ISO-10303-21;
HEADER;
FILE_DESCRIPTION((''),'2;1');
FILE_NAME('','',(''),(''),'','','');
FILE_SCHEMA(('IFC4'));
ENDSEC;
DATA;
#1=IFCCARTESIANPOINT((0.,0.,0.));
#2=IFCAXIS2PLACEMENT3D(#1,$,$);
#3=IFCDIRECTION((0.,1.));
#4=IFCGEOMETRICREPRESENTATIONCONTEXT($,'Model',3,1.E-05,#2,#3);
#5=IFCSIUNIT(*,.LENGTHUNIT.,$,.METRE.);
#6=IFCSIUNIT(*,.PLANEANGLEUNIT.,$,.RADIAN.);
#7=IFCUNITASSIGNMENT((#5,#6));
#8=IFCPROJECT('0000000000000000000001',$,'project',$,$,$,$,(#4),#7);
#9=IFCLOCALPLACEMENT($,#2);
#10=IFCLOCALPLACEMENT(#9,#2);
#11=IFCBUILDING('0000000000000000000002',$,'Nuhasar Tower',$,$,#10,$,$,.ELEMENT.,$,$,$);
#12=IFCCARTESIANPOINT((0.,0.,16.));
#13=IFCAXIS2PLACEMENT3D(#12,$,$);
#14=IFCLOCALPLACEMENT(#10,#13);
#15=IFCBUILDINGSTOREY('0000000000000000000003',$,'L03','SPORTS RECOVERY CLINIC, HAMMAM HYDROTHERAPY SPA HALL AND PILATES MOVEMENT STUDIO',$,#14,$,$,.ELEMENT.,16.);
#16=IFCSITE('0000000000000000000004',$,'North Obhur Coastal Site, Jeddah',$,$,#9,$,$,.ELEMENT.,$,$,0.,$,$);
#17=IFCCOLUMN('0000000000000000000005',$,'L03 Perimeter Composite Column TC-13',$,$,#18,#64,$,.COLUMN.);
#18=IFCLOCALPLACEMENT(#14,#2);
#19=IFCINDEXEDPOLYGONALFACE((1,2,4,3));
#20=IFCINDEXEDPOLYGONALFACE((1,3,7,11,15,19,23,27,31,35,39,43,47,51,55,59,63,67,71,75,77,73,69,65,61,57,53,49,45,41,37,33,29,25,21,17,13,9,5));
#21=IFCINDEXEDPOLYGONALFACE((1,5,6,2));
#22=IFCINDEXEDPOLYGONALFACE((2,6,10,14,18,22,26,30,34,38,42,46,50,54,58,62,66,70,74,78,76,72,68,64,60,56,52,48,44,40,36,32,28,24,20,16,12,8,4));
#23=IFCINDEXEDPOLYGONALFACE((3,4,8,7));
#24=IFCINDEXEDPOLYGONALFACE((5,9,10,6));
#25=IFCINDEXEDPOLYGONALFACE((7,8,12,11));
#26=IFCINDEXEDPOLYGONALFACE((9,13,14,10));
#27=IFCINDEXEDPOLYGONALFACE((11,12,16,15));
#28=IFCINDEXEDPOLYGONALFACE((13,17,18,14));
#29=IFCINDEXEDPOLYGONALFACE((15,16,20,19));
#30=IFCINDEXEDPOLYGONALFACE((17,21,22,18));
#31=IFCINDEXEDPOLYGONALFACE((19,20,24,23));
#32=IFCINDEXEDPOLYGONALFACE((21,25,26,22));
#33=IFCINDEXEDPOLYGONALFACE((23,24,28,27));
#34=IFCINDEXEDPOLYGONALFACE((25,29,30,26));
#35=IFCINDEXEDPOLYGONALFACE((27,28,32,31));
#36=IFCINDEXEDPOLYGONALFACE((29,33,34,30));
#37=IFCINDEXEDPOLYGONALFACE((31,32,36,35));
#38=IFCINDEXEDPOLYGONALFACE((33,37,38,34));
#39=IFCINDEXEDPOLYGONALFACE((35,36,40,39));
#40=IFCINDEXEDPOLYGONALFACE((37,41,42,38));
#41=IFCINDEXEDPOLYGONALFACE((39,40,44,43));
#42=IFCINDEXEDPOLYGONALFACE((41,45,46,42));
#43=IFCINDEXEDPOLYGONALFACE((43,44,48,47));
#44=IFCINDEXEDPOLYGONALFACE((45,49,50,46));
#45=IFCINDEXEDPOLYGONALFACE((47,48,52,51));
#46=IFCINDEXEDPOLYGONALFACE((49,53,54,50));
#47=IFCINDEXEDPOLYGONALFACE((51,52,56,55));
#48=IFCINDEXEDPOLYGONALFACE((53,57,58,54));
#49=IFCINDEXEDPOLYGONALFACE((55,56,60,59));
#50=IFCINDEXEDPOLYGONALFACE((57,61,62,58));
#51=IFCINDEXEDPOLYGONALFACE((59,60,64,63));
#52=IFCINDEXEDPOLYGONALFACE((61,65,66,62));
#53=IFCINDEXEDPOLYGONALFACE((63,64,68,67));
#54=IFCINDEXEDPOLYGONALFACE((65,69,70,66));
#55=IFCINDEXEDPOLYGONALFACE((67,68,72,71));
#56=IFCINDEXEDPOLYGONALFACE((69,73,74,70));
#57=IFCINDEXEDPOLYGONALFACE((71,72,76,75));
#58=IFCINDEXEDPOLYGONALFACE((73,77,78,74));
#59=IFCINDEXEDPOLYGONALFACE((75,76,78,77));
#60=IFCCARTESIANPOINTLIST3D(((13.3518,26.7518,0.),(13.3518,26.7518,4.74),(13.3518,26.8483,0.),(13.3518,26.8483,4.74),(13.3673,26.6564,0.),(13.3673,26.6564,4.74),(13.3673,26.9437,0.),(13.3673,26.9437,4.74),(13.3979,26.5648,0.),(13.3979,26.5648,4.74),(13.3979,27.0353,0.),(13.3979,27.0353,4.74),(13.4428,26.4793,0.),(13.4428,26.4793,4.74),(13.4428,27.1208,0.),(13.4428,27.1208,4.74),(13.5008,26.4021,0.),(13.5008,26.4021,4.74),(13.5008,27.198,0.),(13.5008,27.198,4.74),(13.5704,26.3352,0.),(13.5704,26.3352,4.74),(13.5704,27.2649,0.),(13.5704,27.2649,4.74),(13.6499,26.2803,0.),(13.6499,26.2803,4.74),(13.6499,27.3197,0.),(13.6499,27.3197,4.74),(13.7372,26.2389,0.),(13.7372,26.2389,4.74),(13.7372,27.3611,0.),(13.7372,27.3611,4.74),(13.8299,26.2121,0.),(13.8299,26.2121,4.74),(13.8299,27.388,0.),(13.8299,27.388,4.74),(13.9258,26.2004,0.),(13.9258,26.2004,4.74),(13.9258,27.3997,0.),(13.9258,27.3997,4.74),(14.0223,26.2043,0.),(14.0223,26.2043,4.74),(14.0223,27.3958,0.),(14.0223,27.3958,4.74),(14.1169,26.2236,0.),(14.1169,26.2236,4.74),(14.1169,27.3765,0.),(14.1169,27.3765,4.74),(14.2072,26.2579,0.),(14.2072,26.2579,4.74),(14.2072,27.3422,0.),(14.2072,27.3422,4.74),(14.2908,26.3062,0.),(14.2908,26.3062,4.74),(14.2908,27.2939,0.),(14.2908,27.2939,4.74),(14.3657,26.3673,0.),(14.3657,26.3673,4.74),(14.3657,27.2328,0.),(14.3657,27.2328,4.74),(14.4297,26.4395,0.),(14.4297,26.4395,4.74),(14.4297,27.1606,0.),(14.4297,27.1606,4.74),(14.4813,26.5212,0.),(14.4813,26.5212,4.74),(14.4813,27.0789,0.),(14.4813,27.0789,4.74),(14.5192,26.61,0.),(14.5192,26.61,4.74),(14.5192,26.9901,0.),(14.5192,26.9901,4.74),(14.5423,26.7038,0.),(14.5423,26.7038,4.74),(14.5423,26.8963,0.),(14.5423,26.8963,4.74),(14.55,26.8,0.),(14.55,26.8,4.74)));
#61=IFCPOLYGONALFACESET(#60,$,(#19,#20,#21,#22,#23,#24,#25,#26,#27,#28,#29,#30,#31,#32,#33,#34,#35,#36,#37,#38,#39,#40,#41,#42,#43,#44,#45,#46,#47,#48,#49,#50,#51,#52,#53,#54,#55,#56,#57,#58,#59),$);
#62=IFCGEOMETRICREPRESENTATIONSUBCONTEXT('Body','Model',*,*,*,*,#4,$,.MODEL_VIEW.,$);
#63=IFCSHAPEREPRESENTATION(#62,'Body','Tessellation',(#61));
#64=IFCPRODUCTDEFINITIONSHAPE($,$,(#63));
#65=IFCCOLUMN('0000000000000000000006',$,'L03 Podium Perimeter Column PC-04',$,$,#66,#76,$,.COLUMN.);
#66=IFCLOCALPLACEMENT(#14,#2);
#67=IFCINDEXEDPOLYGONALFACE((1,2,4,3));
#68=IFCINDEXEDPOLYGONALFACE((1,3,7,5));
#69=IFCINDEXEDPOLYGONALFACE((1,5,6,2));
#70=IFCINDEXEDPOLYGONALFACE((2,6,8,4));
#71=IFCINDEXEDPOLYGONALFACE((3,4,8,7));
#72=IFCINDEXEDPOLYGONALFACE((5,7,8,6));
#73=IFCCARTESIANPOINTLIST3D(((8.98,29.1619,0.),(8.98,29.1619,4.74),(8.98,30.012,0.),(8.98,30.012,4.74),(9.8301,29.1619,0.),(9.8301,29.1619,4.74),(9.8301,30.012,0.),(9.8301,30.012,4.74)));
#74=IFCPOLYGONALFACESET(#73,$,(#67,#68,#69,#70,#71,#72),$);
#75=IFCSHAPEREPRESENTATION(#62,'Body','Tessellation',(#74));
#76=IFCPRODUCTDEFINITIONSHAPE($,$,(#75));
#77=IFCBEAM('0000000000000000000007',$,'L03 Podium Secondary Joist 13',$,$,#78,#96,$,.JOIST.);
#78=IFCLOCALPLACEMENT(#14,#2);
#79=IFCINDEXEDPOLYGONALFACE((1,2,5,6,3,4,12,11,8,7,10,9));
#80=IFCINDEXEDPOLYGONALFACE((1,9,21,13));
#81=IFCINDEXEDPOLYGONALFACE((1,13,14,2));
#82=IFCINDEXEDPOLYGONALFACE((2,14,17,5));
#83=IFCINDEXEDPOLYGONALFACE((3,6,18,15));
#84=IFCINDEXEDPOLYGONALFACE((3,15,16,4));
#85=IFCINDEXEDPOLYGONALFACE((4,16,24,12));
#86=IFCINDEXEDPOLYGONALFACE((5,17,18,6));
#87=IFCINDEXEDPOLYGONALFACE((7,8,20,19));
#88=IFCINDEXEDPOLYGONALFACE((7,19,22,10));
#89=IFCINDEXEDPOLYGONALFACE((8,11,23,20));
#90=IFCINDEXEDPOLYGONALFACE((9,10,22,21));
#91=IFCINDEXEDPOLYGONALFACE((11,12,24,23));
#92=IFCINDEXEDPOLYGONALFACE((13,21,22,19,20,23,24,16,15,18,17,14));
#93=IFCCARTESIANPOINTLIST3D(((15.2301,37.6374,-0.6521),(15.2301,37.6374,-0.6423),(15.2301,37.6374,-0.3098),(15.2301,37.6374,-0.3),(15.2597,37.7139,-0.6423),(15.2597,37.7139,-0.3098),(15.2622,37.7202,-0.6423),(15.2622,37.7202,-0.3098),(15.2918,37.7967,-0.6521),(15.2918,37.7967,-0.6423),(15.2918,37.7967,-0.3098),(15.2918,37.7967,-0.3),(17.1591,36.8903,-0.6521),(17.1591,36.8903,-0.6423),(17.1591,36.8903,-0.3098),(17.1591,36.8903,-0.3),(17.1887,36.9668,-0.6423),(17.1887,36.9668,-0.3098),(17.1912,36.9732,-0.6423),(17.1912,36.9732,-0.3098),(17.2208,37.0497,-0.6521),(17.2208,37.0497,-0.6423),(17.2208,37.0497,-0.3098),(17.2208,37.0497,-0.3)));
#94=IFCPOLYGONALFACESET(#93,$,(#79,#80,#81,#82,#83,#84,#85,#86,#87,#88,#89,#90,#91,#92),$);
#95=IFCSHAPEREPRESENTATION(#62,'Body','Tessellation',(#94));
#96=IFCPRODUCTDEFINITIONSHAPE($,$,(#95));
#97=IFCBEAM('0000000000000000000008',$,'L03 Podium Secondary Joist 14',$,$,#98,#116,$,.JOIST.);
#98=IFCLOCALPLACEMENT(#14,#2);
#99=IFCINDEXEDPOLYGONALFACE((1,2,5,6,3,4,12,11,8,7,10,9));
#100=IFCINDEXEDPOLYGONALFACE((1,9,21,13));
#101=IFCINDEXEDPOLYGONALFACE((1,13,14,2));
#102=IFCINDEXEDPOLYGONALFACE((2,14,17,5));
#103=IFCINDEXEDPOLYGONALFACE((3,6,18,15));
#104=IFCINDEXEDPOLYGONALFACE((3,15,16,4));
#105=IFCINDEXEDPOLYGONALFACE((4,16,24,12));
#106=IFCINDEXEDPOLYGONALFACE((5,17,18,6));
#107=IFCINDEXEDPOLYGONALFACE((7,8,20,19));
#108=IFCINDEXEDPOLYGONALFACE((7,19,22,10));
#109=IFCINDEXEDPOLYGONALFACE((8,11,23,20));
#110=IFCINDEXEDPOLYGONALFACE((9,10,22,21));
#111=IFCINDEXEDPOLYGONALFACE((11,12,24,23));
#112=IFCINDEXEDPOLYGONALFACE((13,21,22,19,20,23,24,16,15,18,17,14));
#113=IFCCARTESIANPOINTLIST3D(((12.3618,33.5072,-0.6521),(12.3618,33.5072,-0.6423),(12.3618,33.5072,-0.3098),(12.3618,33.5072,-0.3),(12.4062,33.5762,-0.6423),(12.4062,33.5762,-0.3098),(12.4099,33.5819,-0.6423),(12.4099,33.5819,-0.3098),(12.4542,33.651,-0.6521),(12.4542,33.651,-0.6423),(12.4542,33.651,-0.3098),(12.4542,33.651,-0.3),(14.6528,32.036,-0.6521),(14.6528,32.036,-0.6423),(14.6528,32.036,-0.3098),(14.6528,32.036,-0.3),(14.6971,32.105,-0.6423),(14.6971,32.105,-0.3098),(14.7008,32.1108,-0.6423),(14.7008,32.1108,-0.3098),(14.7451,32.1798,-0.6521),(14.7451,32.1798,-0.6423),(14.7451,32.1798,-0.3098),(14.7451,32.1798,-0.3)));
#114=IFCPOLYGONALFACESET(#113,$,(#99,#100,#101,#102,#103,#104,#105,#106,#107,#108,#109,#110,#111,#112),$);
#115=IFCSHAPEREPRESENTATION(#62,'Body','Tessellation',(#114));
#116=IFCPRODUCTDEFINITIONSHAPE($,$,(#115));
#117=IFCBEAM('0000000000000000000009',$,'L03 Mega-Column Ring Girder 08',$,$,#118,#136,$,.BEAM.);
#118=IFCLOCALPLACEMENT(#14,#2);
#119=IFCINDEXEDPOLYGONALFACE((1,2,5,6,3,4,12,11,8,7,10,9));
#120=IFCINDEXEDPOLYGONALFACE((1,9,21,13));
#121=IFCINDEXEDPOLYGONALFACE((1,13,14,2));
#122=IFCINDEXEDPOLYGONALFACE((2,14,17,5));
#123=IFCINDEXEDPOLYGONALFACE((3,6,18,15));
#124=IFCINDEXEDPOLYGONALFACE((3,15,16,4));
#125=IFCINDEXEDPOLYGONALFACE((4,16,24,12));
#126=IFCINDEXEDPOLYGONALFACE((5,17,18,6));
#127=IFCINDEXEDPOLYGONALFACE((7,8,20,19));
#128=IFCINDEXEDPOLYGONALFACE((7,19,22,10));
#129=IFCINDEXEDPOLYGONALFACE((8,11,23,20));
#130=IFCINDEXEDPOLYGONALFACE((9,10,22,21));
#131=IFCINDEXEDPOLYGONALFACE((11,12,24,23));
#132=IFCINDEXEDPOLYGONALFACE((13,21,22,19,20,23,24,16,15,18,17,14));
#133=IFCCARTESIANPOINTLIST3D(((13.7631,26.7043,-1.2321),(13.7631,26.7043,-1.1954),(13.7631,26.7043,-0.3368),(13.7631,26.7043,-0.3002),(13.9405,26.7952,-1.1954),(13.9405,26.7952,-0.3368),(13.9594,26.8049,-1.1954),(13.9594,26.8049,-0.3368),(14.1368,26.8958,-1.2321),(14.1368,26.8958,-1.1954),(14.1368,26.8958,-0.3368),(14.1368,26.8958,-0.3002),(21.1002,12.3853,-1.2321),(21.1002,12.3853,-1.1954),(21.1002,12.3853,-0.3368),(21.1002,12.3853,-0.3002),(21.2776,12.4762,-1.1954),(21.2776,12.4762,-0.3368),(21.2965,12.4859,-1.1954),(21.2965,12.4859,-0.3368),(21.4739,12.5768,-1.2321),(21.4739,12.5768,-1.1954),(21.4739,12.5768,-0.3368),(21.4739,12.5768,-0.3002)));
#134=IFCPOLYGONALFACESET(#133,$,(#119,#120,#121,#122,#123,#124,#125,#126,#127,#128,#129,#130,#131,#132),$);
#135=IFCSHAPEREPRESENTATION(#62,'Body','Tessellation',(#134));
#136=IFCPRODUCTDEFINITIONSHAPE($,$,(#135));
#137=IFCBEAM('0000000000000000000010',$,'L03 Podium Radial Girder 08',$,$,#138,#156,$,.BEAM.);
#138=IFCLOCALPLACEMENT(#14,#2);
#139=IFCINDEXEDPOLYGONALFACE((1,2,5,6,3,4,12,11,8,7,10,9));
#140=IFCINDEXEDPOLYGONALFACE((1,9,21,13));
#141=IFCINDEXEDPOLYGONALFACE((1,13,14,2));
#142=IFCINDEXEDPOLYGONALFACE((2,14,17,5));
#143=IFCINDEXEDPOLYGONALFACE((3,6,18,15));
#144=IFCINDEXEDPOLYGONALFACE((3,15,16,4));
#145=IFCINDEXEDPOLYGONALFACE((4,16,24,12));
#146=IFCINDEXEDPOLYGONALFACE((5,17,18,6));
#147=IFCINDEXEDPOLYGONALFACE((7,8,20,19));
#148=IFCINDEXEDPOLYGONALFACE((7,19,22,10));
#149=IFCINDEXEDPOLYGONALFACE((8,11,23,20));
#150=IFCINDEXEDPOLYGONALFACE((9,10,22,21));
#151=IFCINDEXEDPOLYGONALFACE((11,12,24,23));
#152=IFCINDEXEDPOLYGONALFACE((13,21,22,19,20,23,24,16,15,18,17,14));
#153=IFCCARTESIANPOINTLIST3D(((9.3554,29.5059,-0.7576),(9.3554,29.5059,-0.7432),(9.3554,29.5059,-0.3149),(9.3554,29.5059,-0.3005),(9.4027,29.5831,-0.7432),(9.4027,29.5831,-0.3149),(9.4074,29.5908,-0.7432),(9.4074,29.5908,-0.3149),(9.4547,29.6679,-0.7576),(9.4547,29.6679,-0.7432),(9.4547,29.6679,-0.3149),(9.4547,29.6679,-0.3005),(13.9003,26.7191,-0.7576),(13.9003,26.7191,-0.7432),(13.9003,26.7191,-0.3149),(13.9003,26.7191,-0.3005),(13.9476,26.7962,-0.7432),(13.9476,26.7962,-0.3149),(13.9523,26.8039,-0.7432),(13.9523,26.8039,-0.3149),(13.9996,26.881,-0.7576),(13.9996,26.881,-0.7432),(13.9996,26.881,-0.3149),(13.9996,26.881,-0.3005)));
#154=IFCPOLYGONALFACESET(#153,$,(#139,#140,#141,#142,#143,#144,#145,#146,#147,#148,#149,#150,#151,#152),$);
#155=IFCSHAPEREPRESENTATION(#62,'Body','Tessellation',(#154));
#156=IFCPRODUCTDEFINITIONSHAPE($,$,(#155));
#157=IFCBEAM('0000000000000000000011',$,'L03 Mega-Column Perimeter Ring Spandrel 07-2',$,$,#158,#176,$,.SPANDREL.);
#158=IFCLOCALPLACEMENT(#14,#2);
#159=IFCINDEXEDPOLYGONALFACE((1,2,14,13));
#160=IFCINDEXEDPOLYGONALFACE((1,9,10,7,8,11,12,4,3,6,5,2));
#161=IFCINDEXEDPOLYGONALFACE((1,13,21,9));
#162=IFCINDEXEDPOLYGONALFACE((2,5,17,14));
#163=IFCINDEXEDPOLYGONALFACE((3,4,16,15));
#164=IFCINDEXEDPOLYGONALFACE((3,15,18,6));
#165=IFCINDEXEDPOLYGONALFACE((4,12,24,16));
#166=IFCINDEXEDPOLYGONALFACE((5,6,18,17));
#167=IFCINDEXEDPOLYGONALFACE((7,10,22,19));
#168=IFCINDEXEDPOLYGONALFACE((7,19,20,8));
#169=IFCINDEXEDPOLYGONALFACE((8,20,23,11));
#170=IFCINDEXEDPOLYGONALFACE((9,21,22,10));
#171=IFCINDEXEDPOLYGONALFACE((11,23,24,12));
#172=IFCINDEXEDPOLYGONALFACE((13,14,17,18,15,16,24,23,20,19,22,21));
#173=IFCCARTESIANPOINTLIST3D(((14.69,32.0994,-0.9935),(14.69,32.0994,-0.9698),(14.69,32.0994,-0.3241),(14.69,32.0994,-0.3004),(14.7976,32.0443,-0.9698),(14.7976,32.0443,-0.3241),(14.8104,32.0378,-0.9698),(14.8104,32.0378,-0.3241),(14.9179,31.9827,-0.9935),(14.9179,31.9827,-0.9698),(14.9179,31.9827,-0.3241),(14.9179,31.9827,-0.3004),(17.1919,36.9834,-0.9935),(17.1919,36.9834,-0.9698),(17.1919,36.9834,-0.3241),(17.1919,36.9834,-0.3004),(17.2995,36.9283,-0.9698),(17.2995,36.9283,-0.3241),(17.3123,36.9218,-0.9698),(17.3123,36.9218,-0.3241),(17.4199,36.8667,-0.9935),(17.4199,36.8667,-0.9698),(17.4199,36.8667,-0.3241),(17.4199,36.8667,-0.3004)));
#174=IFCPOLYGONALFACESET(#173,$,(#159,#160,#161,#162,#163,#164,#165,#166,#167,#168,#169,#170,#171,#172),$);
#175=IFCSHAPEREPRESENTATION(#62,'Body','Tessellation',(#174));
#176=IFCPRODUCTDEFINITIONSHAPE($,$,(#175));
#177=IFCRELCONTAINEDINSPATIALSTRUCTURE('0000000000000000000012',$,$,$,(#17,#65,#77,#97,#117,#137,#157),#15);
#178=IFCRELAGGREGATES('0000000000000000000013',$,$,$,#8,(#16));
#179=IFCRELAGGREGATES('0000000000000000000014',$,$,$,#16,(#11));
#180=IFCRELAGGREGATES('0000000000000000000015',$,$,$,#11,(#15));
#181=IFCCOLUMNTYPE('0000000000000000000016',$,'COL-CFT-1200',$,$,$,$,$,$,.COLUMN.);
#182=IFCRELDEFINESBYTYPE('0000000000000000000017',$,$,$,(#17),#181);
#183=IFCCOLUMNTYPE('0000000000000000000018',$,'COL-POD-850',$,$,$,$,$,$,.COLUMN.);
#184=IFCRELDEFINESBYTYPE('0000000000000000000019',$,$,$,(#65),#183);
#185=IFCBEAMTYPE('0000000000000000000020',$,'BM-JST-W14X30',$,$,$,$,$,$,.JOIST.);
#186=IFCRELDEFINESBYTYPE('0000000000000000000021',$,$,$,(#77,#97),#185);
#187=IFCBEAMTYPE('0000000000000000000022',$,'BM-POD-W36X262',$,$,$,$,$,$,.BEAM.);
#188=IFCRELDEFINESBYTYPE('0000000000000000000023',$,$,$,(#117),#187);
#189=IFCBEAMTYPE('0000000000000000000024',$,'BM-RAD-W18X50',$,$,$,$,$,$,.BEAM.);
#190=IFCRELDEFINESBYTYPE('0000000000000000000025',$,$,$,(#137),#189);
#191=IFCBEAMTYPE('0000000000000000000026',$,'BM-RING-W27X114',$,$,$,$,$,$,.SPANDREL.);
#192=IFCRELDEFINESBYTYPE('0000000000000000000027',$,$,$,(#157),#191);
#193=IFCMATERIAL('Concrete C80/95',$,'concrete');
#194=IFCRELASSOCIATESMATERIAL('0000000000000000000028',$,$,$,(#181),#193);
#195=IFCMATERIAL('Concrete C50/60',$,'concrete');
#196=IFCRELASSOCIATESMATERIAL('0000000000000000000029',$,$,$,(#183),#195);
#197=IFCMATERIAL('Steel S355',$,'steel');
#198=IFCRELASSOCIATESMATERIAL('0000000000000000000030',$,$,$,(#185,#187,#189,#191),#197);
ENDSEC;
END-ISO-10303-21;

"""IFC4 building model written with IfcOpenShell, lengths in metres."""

from ifc_helpers import new_model, si_unit, direction, frame, origin, origin_2d, place, context, subcontext, project, spatial, rectangle, circle, i_section, extrude, material, material_profile, profile_set, type_object, element, save


model = new_model("IFC4")

# Units and contexts
model_context = context("Model", 3, precision=1e-05, world=origin(), true_north=direction((0.0, 1.0)))
body_context = subcontext(model_context, "Body", "Model", "MODEL_VIEW")
ifc_project = project(units=[si_unit("LENGTHUNIT", "METRE"), si_unit("PLANEANGLEUNIT", "RADIAN")], contexts=[model_context])

# Site, building, storey
site_placement = place(None, origin())
site = spatial("IfcSite", under=ifc_project, at=site_placement, Name="North Obhur Coastal Site, Jeddah", CompositionType="ELEMENT", RefElevation=0.0)
building_placement = place(site_placement, origin())
building = spatial("IfcBuilding", under=site, at=building_placement, Name="Nuhasar Tower", CompositionType="ELEMENT")
storey_placement = place(building_placement, frame((0.0, 0.0, 16.0)))
storey = spatial("IfcBuildingStorey", under=building, at=storey_placement, Name="L03", Description="SPORTS RECOVERY CLINIC, HAMMAM HYDROTHERAPY SPA HALL AND PILATES MOVEMENT STUDIO", CompositionType="ELEMENT", Elevation=16.0)

# Columns
ifc_material_1 = material(Name="Concrete C80/95", Category="concrete")
ifc_material_profile_1 = material_profile(ifc_material_1, circle(Radius=0.6001, at=origin_2d()), Name="CFT1200")
ifc_profile_set_1 = profile_set([ifc_material_profile_1], Name="Concrete C80/95")
column_type_1 = type_object("IfcColumnType", Name="COL-CFT-1200", PredefinedType="COLUMN", material=ifc_profile_set_1)
column_1_placement = place(storey_placement, frame((13.95, 26.8, 0.0), z_axis=(0.0, 0.0, 1.0), x_axis=(1.0, 0.0, 0.0)))
element("IfcColumn", 1, at=column_1_placement, inside=storey, type_object=column_type_1, Name="L03 Perimeter Composite Column TC-13", PredefinedType="COLUMN", context=body_context, shape_type="SweptSolid", body=[
    extrude(circle(Radius=0.6001, at=origin_2d()), origin(), (0.0, 0.0, 1.0), 4.74),
])
ifc_material_2 = material(Name="Concrete C50/60", Category="concrete")
ifc_material_profile_2 = material_profile(ifc_material_2, rectangle(XDim=0.8501, YDim=0.8501, at=origin_2d()), Name="RC850X850")
ifc_profile_set_2 = profile_set([ifc_material_profile_2], Name="Concrete C50/60")
column_type_2 = type_object("IfcColumnType", Name="COL-POD-850", PredefinedType="COLUMN", material=ifc_profile_set_2)
column_2_placement = place(storey_placement, frame((9.405, 29.5869, 0.0), z_axis=(0.0, 0.0, 1.0), x_axis=(1.0, 0.0, 0.0)))
element("IfcColumn", 2, at=column_2_placement, inside=storey, type_object=column_type_2, Name="L03 Podium Perimeter Column PC-04", PredefinedType="COLUMN", context=body_context, shape_type="SweptSolid", body=[
    extrude(rectangle(XDim=0.8501, YDim=0.8501, at=origin_2d()), origin(), (0.0, 0.0, 1.0), 4.74),
])

# Beams
ifc_material_3 = material(Name="Steel S355", Category="steel")
ifc_material_profile_3 = material_profile(ifc_material_3, i_section(OverallWidth=0.1709, OverallDepth=0.3521, WebThickness=0.0068, FlangeThickness=0.0098, at=origin_2d()), Name="W14X30")
ifc_profile_set_3 = profile_set([ifc_material_profile_3], Name="Steel S355")
beam_type_1 = type_object("IfcBeamType", Name="BM-JST-W14X30", PredefinedType="JOIST", material=ifc_profile_set_3)
beam_1_placement = place(storey_placement, frame((17.1899, 36.97, -0.4761), z_axis=(-0.932507, 0.361153, 0.0), x_axis=(-0.361153, -0.932507, 0.0)))
element("IfcBeam", 3, at=beam_1_placement, inside=storey, type_object=beam_type_1, Name="L03 Podium Secondary Joist 13", PredefinedType="JOIST", context=body_context, shape_type="SweptSolid", body=[
    extrude(i_section(OverallWidth=0.1709, OverallDepth=0.3521, WebThickness=0.0068, FlangeThickness=0.0098, at=origin_2d()), origin(), (0.0, 0.0, 1.0), 2.0686),
])
beam_2_placement = place(storey_placement, frame((14.699, 32.1079, -0.4761), z_axis=(-0.841446, 0.540341, 0.0), x_axis=(-0.540341, -0.841446, 0.0)))
element("IfcBeam", 4, at=beam_2_placement, inside=storey, type_object=beam_type_1, Name="L03 Podium Secondary Joist 14", PredefinedType="JOIST", context=body_context, shape_type="SweptSolid", body=[
    extrude(i_section(OverallWidth=0.1709, OverallDepth=0.3521, WebThickness=0.0068, FlangeThickness=0.0098, at=origin_2d()), origin(), (0.0, 0.0, 1.0), 2.7227),
])
ifc_material_profile_4 = material_profile(ifc_material_3, i_section(OverallWidth=0.4199, OverallDepth=0.9319, WebThickness=0.0212, FlangeThickness=0.0366, at=origin_2d()), Name="W36X262")
ifc_profile_set_4 = profile_set([ifc_material_profile_4], Name="Steel S355")
beam_type_2 = type_object("IfcBeamType", Name="BM-POD-W36X262", PredefinedType="BEAM", material=ifc_profile_set_4)
beam_3_placement = place(storey_placement, frame((13.95, 26.8, -0.7661), z_axis=(0.456023, -0.889968, 0.0), x_axis=(0.889968, 0.456023, 0.0)))
element("IfcBeam", 5, at=beam_3_placement, inside=storey, type_object=beam_type_2, Name="L03 Mega-Column Ring Girder 08", PredefinedType="BEAM", context=body_context, shape_type="SweptSolid", body=[
    extrude(i_section(OverallWidth=0.4199, OverallDepth=0.9319, WebThickness=0.0212, FlangeThickness=0.0366, at=origin_2d()), origin(), (0.0, 0.0, 1.0), 16.0894),
])
ifc_material_profile_5 = material_profile(ifc_material_3, i_section(OverallWidth=0.1899, OverallDepth=0.457, WebThickness=0.009, FlangeThickness=0.0144, at=origin_2d()), Name="W18X50")
ifc_profile_set_5 = profile_set([ifc_material_profile_5], Name="Steel S355")
beam_type_3 = type_object("IfcBeamType", Name="BM-RAD-W18X50", PredefinedType="BEAM", material=ifc_profile_set_5)
beam_4_placement = place(storey_placement, frame((13.95, 26.8, -0.5291), z_axis=(-0.852495, 0.522735, 0.0), x_axis=(-0.522735, -0.852495, 0.0)))
element("IfcBeam", 6, at=beam_4_placement, inside=storey, type_object=beam_type_3, Name="L03 Podium Radial Girder 08", PredefinedType="BEAM", context=body_context, shape_type="SweptSolid", body=[
    extrude(i_section(OverallWidth=0.1899, OverallDepth=0.457, WebThickness=0.009, FlangeThickness=0.0144, at=origin_2d()), origin(), (0.0, 0.0, 1.0), 5.3313),
])
ifc_material_profile_6 = material_profile(ifc_material_3, i_section(OverallWidth=0.2561, OverallDepth=0.6931, WebThickness=0.0144, FlangeThickness=0.0237, at=origin_2d()), Name="W27X114")
ifc_profile_set_6 = profile_set([ifc_material_profile_6], Name="Steel S355")
beam_type_4 = type_object("IfcBeamType", Name="BM-RING-W27X114", PredefinedType="SPANDREL", material=ifc_profile_set_6)
beam_5_placement = place(storey_placement, frame((17.3059, 36.925, -0.647), z_axis=(-0.45593, -0.890016, 0.0), x_axis=(0.890016, -0.45593, 0.0)))
element("IfcBeam", 7, at=beam_5_placement, inside=storey, type_object=beam_type_4, Name="L03 Mega-Column Perimeter Ring Spandrel 07-2", PredefinedType="SPANDREL", context=body_context, shape_type="SweptSolid", body=[
    extrude(i_section(OverallWidth=0.2561, OverallDepth=0.6931, WebThickness=0.0144, FlangeThickness=0.0237, at=origin_2d()), origin(), (0.0, 0.0, 1.0), 5.4875),
])

save(model, "model.ifc")
